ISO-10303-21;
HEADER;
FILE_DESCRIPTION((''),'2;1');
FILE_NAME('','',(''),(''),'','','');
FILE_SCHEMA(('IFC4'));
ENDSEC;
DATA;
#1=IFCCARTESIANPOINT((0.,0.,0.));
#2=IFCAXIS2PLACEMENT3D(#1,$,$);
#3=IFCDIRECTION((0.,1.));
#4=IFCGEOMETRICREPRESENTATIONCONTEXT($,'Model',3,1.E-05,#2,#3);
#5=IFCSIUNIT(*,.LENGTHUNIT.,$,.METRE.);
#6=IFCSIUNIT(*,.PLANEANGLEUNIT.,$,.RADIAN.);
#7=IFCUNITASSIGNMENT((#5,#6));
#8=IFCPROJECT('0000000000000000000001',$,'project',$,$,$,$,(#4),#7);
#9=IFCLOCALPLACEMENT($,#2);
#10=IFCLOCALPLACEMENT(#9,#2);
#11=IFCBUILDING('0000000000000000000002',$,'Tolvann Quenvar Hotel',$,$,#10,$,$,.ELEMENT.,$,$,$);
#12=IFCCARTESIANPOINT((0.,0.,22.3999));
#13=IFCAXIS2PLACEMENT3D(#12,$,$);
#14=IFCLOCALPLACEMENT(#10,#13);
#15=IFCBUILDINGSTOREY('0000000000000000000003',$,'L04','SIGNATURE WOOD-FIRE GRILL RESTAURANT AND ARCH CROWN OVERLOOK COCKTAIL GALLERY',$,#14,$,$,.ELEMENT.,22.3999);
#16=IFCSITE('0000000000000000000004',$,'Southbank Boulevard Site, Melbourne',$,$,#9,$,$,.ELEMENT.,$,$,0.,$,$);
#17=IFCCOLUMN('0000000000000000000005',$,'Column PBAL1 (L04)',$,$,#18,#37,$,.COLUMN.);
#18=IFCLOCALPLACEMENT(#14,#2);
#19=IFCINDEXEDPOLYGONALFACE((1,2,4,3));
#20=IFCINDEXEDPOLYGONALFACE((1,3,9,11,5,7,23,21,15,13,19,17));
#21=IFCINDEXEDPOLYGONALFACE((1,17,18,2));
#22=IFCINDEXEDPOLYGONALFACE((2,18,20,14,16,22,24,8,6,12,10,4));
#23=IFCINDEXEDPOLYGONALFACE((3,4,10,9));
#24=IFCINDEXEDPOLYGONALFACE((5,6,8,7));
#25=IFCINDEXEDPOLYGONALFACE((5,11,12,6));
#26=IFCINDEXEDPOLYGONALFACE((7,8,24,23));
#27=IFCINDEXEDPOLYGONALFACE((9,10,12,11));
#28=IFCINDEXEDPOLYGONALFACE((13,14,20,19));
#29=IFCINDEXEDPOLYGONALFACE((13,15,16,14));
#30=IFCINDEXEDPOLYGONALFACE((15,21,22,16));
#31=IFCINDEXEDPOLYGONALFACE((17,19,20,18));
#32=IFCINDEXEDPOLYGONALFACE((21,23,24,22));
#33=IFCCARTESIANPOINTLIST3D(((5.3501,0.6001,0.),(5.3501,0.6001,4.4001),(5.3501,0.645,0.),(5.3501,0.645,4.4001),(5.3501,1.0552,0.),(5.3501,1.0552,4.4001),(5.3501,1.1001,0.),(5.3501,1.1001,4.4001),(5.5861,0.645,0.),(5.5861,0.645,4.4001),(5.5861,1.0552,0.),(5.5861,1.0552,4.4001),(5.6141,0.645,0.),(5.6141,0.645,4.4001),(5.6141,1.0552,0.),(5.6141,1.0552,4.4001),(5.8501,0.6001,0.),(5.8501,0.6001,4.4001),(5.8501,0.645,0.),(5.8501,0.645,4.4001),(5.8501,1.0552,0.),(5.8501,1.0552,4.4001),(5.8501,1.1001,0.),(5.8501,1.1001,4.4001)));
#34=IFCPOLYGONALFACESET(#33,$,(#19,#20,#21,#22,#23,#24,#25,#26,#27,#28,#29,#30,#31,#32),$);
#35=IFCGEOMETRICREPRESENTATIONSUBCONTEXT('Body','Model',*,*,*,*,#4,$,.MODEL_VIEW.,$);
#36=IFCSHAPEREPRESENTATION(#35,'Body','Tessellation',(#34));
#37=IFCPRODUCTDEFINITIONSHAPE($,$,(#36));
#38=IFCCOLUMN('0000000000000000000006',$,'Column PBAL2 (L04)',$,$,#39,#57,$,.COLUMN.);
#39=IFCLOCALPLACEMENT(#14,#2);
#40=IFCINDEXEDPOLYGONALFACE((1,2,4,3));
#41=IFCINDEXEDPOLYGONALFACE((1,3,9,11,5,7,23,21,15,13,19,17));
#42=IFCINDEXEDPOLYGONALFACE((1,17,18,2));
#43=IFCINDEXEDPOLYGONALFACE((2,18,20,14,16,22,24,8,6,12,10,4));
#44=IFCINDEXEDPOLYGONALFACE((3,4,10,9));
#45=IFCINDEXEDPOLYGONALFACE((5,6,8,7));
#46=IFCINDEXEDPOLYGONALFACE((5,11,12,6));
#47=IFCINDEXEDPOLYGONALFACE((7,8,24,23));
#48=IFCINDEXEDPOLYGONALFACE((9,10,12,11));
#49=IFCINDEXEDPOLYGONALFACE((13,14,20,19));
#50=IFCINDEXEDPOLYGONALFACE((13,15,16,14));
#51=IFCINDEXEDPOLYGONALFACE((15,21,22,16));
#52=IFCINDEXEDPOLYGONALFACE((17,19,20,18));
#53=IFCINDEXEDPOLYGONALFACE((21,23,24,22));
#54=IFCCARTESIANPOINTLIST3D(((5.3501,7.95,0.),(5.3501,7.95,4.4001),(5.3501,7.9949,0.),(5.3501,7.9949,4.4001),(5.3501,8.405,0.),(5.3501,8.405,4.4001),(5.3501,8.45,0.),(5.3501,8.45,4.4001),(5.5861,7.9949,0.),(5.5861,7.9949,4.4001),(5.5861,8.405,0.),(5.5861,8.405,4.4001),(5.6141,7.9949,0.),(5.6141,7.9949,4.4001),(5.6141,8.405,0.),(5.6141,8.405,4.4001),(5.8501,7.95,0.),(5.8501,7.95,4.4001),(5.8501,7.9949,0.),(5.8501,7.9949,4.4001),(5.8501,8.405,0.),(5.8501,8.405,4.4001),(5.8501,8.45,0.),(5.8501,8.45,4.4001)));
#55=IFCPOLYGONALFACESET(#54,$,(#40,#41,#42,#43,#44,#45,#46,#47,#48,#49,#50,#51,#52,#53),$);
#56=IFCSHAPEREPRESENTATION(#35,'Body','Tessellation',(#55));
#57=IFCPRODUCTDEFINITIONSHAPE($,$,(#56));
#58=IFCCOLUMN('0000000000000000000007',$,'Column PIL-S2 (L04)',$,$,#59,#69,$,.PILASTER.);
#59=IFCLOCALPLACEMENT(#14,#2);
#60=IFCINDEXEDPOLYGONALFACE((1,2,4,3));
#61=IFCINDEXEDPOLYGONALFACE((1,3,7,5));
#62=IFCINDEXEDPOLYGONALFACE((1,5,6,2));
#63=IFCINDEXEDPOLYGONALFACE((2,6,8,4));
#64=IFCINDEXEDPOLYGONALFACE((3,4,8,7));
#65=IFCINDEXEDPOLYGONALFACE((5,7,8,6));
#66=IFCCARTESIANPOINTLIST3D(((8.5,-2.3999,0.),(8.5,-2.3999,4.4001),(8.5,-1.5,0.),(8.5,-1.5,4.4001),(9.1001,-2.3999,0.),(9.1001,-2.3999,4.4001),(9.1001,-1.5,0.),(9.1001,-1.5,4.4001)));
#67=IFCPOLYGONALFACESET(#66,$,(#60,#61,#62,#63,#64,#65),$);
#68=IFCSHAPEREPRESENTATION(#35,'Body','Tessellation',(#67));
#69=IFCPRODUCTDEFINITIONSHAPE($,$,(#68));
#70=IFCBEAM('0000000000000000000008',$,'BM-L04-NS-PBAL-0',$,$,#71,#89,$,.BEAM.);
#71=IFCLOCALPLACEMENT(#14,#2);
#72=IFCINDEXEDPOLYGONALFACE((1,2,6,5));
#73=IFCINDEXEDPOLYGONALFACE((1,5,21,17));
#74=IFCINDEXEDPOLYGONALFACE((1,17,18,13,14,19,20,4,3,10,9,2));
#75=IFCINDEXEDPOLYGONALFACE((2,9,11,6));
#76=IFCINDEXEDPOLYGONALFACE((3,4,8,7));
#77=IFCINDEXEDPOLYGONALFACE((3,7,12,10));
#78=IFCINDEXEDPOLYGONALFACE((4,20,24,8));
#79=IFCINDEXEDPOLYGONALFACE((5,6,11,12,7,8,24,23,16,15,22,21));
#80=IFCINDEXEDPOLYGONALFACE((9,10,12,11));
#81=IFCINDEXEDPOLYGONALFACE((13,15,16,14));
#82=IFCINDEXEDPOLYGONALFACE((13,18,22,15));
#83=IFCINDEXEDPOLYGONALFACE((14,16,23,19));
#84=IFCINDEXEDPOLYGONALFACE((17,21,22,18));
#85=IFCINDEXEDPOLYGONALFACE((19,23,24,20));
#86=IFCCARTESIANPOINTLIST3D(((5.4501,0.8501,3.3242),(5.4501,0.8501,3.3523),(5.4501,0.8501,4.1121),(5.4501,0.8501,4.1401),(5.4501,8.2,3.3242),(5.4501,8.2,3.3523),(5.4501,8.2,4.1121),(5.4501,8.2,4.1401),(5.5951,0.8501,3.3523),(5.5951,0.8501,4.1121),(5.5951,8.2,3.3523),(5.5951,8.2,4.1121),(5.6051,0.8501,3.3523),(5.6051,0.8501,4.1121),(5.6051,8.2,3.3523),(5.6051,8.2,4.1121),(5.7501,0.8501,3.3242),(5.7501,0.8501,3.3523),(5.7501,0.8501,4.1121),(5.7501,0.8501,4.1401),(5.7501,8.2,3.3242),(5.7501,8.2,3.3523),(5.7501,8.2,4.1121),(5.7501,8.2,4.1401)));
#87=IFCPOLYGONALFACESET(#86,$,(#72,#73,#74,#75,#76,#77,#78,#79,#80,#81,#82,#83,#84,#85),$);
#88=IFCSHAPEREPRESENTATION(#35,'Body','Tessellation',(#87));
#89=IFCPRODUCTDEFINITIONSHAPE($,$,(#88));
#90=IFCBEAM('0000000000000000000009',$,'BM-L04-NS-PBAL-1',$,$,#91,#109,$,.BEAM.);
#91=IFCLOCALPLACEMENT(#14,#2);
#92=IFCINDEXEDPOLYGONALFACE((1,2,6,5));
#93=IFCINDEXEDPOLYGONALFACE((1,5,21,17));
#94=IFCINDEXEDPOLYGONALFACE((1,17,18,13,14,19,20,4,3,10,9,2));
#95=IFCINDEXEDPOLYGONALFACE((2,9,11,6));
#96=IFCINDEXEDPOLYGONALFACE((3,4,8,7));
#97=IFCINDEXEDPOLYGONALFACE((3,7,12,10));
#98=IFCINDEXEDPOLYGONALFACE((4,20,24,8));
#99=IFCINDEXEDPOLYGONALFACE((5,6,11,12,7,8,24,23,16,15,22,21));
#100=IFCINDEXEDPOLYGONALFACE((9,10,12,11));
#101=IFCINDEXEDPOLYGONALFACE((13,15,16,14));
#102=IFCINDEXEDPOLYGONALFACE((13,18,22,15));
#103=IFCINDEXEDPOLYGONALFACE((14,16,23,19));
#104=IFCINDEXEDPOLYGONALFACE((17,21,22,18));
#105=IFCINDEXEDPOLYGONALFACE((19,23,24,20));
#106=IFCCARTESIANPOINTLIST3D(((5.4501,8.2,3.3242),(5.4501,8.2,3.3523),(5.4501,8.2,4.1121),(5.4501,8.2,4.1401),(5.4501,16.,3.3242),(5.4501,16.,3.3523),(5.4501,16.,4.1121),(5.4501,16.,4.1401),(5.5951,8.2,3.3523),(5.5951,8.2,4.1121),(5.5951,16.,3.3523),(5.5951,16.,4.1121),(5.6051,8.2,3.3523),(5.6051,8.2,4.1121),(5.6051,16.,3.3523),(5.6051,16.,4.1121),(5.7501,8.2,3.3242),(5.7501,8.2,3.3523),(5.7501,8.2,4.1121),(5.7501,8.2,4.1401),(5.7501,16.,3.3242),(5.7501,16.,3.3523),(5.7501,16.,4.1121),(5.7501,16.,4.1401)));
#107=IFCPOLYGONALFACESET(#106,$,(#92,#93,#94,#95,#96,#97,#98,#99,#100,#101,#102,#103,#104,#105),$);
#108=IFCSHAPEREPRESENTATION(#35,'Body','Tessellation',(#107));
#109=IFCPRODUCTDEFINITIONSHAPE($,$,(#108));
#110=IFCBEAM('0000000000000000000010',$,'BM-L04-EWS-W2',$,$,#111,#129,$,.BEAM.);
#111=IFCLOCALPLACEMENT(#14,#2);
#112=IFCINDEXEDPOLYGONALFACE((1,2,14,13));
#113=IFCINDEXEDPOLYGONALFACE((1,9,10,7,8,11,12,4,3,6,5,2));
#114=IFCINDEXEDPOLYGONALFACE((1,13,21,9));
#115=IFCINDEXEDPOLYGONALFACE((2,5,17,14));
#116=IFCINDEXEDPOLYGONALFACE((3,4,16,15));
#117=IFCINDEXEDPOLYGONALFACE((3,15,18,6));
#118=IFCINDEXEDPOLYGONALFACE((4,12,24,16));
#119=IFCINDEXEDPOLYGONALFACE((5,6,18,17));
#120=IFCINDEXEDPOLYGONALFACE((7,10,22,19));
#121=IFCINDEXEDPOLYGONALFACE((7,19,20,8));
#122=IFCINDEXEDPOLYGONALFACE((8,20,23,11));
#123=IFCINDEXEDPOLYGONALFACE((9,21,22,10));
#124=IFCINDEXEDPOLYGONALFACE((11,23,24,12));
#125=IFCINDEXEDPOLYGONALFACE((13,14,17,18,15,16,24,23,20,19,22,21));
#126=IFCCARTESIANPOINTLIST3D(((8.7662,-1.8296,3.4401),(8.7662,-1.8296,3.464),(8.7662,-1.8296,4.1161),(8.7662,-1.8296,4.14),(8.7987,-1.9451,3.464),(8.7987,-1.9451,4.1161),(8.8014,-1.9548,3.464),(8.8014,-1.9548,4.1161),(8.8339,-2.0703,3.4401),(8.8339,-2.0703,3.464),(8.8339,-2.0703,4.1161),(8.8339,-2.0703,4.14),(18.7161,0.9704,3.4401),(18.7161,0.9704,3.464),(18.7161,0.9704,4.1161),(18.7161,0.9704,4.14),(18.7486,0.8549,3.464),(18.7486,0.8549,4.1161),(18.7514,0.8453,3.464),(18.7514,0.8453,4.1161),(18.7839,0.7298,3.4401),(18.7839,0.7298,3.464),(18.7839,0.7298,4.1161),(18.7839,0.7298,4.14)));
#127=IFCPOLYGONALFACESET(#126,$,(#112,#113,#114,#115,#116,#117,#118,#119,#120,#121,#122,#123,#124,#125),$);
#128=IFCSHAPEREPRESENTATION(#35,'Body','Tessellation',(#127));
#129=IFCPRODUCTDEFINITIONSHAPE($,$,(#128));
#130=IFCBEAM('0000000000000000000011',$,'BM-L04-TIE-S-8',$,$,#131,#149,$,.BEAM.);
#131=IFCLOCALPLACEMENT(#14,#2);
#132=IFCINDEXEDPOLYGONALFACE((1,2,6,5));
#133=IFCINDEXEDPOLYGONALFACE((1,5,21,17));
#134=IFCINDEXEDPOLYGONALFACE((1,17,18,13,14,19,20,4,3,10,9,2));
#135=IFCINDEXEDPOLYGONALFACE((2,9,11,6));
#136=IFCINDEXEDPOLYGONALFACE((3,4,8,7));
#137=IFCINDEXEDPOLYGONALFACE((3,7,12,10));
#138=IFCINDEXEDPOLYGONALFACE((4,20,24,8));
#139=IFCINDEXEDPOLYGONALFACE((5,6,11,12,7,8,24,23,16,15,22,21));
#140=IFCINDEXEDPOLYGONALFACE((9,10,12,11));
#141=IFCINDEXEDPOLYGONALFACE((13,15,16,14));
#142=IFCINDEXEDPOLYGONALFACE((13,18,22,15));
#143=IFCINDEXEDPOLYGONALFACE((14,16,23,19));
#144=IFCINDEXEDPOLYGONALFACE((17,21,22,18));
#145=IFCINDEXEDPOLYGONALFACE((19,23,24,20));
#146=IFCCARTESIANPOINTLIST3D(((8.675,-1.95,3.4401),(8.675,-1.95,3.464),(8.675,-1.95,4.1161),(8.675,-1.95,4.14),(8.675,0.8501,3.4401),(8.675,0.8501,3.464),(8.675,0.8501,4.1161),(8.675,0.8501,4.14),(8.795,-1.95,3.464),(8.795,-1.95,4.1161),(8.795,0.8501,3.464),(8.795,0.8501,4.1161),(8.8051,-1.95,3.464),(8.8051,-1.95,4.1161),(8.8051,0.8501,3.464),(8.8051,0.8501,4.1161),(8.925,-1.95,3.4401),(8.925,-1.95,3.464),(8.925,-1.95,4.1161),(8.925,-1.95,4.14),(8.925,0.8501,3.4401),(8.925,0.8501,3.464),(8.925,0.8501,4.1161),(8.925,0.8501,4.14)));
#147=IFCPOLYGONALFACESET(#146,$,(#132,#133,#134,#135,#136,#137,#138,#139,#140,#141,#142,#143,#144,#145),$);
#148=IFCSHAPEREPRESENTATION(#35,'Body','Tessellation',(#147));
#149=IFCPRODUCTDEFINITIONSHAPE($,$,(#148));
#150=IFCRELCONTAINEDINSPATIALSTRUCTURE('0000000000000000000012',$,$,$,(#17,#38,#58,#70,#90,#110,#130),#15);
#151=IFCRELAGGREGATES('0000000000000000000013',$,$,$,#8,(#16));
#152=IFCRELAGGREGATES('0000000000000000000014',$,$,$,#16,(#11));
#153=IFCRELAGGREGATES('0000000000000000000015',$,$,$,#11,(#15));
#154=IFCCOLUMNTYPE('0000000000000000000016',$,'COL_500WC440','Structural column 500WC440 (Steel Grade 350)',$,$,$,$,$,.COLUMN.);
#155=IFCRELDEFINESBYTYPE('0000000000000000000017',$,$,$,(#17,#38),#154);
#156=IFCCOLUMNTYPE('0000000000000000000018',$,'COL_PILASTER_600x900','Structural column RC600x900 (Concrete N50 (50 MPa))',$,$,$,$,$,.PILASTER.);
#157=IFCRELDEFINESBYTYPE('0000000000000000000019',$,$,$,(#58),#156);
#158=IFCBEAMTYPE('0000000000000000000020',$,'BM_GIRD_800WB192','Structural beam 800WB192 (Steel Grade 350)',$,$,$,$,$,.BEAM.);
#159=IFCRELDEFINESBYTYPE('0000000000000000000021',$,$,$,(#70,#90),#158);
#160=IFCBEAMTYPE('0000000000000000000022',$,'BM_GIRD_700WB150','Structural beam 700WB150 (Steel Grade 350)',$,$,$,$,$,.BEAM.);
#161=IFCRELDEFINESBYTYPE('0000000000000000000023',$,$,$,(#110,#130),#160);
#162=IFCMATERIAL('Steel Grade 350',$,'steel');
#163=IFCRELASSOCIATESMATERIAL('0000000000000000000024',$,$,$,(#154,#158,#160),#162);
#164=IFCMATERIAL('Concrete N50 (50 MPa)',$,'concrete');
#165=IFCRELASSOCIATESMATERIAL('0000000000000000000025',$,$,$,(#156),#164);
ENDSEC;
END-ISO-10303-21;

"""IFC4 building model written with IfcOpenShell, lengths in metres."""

from ifc_helpers import new_model, si_unit, direction, frame, origin, origin_2d, place, context, subcontext, project, spatial, rectangle, i_section, extrude, source, transform, mapped, material, material_profile, profile_set, type_object, type_shapes, element, save


model = new_model("IFC4")

# Units and contexts
model_context = context("Model", 3, precision=1e-05, world=origin(), true_north=direction((0.0, 1.0)))
body_context = subcontext(model_context, "Body", "Model", "MODEL_VIEW")
ifc_project = project(units=[si_unit("LENGTHUNIT", "METRE"), si_unit("PLANEANGLEUNIT", "RADIAN")], contexts=[model_context])

# Site, building, storey
site_placement = place(None, origin())
site = spatial("IfcSite", under=ifc_project, at=site_placement, Name="Southbank Boulevard Site, Melbourne", CompositionType="ELEMENT", RefElevation=0.0)
building_placement = place(site_placement, origin())
building = spatial("IfcBuilding", under=site, at=building_placement, Name="Tolvann Quenvar Hotel", CompositionType="ELEMENT")
storey_placement = place(building_placement, frame((0.0, 0.0, 22.3999)))
storey = spatial("IfcBuildingStorey", under=building, at=storey_placement, Name="L04", Description="SIGNATURE WOOD-FIRE GRILL RESTAURANT AND ARCH CROWN OVERLOOK COCKTAIL GALLERY", CompositionType="ELEMENT", Elevation=22.3999)

# Columns
ifc_material_1 = material(Name="Steel Grade 350", Category="steel")
ifc_material_profile_1 = material_profile(ifc_material_1, i_section(OverallWidth=0.5, OverallDepth=0.5, WebThickness=0.0281, FlangeThickness=0.0449, at=origin_2d()), Name="500WC440")
ifc_profile_set_1 = profile_set([ifc_material_profile_1], Name="Steel Grade 350")
column_type_1 = type_object("IfcColumnType", Name="COL_500WC440", Description="Structural column 500WC440 (Steel Grade 350)", PredefinedType="COLUMN", material=ifc_profile_set_1)
shared_shape_1 = source(origin(), body_context, "Body", "SweptSolid", [
    extrude(i_section(OverallWidth=0.5, OverallDepth=0.5, WebThickness=0.0281, FlangeThickness=0.0449, at=origin_2d()), origin(), (0.0, 0.0, 1.0), 4.4001),
])
type_shapes(column_type_1, [shared_shape_1])
for number, where, z_axis, x_axis, name in (
    (1, (5.6001, 0.8501, 0.0), (0.0, 0.0, 1.0), (1.0, 0.0, 0.0), "Column PBAL1 (L04)"),
    (2, (5.6001, 8.2, 0.0), (0.0, 0.0, 1.0), (1.0, 0.0, 0.0), "Column PBAL2 (L04)"),
):
    element("IfcColumn", number, at=place(storey_placement, frame(where, z_axis=z_axis, x_axis=x_axis)), inside=storey, type_object=column_type_1, Name=name, PredefinedType="COLUMN", context=body_context, shape_type="MappedRepresentation", body=[
        mapped(shared_shape_1, transform((0.0, 0.0, 0.0), x_axis=(1.0, 0.0, 0.0), y_axis=(0.0, 1.0, 0.0), z_axis=(0.0, 0.0, 1.0), scale=1.0)),
    ])
ifc_material_2 = material(Name="Concrete N50 (50 MPa)", Category="concrete")
ifc_material_profile_2 = material_profile(ifc_material_2, rectangle(XDim=0.6001, YDim=0.8999, at=origin_2d()), Name="RC600x900")
ifc_profile_set_2 = profile_set([ifc_material_profile_2], Name="Concrete N50 (50 MPa)")
column_type_2 = type_object("IfcColumnType", Name="COL_PILASTER_600x900", Description="Structural column RC600x900 (Concrete N50 (50 MPa))", PredefinedType="PILASTER", material=ifc_profile_set_2)
shared_shape_2 = source(origin(), body_context, "Body", "SweptSolid", [
    extrude(rectangle(XDim=0.6001, YDim=0.8999, at=origin_2d()), origin(), (0.0, 0.0, 1.0), 4.4001),
])
type_shapes(column_type_2, [shared_shape_2])
column_placement = place(storey_placement, frame((8.8, -1.95, 0.0), z_axis=(0.0, 0.0, 1.0), x_axis=(1.0, 0.0, 0.0)))
element("IfcColumn", 3, at=column_placement, inside=storey, type_object=column_type_2, Name="Column PIL-S2 (L04)", PredefinedType="PILASTER", context=body_context, shape_type="MappedRepresentation", body=[
    mapped(shared_shape_2, transform((0.0, 0.0, 0.0), x_axis=(1.0, 0.0, 0.0), y_axis=(0.0, 1.0, 0.0), z_axis=(0.0, 0.0, 1.0), scale=1.0)),
])

# Beams
ifc_material_profile_3 = material_profile(ifc_material_1, i_section(OverallWidth=0.3, OverallDepth=0.8159, WebThickness=0.01, FlangeThickness=0.0281, at=origin_2d()), Name="800WB192")
ifc_profile_set_3 = profile_set([ifc_material_profile_3], Name="Steel Grade 350")
beam_type_1 = type_object("IfcBeamType", Name="BM_GIRD_800WB192", Description="Structural beam 800WB192 (Steel Grade 350)", PredefinedType="BEAM", material=ifc_profile_set_3)
shared_shape_3 = source(origin(), body_context, "Body", "SweptSolid", [
    extrude(i_section(OverallWidth=0.3, OverallDepth=0.8159, WebThickness=0.01, FlangeThickness=0.0281, at=origin_2d()), origin(), (0.0, 0.0, 1.0), 7.3499),
])
beam_1_placement = place(storey_placement, frame((5.6001, 0.8501, 3.7322), z_axis=(0.0, 1.0, 0.0), x_axis=(-1.0, 0.0, 0.0)))
element("IfcBeam", 4, at=beam_1_placement, inside=storey, type_object=beam_type_1, Name="BM-L04-NS-PBAL-0", PredefinedType="BEAM", context=body_context, shape_type="MappedRepresentation", body=[
    mapped(shared_shape_3, transform((0.0, 0.0, 0.0), x_axis=(1.0, 0.0, 0.0), y_axis=(0.0, 1.0, 0.0), z_axis=(0.0, 0.0, 1.0), scale=1.0)),
])
shared_shape_4 = source(origin(), body_context, "Body", "SweptSolid", [
    extrude(i_section(OverallWidth=0.3, OverallDepth=0.8159, WebThickness=0.01, FlangeThickness=0.0281, at=origin_2d()), origin(), (0.0, 0.0, 1.0), 7.8),
])
type_shapes(beam_type_1, [shared_shape_3, shared_shape_4])
beam_2_placement = place(storey_placement, frame((5.6001, 8.2, 3.7322), z_axis=(0.0, 1.0, 0.0), x_axis=(-1.0, 0.0, 0.0)))
element("IfcBeam", 5, at=beam_2_placement, inside=storey, type_object=beam_type_1, Name="BM-L04-NS-PBAL-1", PredefinedType="BEAM", context=body_context, shape_type="MappedRepresentation", body=[
    mapped(shared_shape_4, transform((0.0, 0.0, 0.0), x_axis=(1.0, 0.0, 0.0), y_axis=(0.0, 1.0, 0.0), z_axis=(0.0, 0.0, 1.0), scale=1.0)),
])
ifc_material_profile_4 = material_profile(ifc_material_1, i_section(OverallWidth=0.25, OverallDepth=0.7, WebThickness=0.01, FlangeThickness=0.0239, at=origin_2d()), Name="700WB150")
ifc_profile_set_4 = profile_set([ifc_material_profile_4], Name="Steel Grade 350")
beam_type_2 = type_object("IfcBeamType", Name="BM_GIRD_700WB150", Description="Structural beam 700WB150 (Steel Grade 350)", PredefinedType="BEAM", material=ifc_profile_set_4)
shared_shape_5 = source(origin(), body_context, "Body", "SweptSolid", [
    extrude(i_section(OverallWidth=0.25, OverallDepth=0.7, WebThickness=0.01, FlangeThickness=0.0239, at=origin_2d()), origin(), (0.0, 0.0, 1.0), 10.3364),
])
beam_3_placement = place(storey_placement, frame((8.8, -1.95, 3.79), z_axis=(0.96261, 0.270891, 0.0), x_axis=(-0.270891, 0.96261, 0.0)))
element("IfcBeam", 6, at=beam_3_placement, inside=storey, type_object=beam_type_2, Name="BM-L04-EWS-W2", PredefinedType="BEAM", context=body_context, shape_type="MappedRepresentation", body=[
    mapped(shared_shape_5, transform((0.0, 0.0, 0.0), x_axis=(1.0, 0.0, 0.0), y_axis=(0.0, 1.0, 0.0), z_axis=(0.0, 0.0, 1.0), scale=1.0)),
])
shared_shape_6 = source(origin(), body_context, "Body", "SweptSolid", [
    extrude(i_section(OverallWidth=0.25, OverallDepth=0.7, WebThickness=0.01, FlangeThickness=0.0239, at=origin_2d()), origin(), (0.0, 0.0, 1.0), 2.8),
])
type_shapes(beam_type_2, [shared_shape_5, shared_shape_6])
beam_4_placement = place(storey_placement, frame((8.8, -1.95, 3.79), z_axis=(0.0, 1.0, 0.0), x_axis=(-1.0, 0.0, 0.0)))
element("IfcBeam", 7, at=beam_4_placement, inside=storey, type_object=beam_type_2, Name="BM-L04-TIE-S-8", PredefinedType="BEAM", context=body_context, shape_type="MappedRepresentation", body=[
    mapped(shared_shape_6, transform((0.0, 0.0, 0.0), x_axis=(1.0, 0.0, 0.0), y_axis=(0.0, 1.0, 0.0), z_axis=(0.0, 0.0, 1.0), scale=1.0)),
])

save(model, "model.ifc")
